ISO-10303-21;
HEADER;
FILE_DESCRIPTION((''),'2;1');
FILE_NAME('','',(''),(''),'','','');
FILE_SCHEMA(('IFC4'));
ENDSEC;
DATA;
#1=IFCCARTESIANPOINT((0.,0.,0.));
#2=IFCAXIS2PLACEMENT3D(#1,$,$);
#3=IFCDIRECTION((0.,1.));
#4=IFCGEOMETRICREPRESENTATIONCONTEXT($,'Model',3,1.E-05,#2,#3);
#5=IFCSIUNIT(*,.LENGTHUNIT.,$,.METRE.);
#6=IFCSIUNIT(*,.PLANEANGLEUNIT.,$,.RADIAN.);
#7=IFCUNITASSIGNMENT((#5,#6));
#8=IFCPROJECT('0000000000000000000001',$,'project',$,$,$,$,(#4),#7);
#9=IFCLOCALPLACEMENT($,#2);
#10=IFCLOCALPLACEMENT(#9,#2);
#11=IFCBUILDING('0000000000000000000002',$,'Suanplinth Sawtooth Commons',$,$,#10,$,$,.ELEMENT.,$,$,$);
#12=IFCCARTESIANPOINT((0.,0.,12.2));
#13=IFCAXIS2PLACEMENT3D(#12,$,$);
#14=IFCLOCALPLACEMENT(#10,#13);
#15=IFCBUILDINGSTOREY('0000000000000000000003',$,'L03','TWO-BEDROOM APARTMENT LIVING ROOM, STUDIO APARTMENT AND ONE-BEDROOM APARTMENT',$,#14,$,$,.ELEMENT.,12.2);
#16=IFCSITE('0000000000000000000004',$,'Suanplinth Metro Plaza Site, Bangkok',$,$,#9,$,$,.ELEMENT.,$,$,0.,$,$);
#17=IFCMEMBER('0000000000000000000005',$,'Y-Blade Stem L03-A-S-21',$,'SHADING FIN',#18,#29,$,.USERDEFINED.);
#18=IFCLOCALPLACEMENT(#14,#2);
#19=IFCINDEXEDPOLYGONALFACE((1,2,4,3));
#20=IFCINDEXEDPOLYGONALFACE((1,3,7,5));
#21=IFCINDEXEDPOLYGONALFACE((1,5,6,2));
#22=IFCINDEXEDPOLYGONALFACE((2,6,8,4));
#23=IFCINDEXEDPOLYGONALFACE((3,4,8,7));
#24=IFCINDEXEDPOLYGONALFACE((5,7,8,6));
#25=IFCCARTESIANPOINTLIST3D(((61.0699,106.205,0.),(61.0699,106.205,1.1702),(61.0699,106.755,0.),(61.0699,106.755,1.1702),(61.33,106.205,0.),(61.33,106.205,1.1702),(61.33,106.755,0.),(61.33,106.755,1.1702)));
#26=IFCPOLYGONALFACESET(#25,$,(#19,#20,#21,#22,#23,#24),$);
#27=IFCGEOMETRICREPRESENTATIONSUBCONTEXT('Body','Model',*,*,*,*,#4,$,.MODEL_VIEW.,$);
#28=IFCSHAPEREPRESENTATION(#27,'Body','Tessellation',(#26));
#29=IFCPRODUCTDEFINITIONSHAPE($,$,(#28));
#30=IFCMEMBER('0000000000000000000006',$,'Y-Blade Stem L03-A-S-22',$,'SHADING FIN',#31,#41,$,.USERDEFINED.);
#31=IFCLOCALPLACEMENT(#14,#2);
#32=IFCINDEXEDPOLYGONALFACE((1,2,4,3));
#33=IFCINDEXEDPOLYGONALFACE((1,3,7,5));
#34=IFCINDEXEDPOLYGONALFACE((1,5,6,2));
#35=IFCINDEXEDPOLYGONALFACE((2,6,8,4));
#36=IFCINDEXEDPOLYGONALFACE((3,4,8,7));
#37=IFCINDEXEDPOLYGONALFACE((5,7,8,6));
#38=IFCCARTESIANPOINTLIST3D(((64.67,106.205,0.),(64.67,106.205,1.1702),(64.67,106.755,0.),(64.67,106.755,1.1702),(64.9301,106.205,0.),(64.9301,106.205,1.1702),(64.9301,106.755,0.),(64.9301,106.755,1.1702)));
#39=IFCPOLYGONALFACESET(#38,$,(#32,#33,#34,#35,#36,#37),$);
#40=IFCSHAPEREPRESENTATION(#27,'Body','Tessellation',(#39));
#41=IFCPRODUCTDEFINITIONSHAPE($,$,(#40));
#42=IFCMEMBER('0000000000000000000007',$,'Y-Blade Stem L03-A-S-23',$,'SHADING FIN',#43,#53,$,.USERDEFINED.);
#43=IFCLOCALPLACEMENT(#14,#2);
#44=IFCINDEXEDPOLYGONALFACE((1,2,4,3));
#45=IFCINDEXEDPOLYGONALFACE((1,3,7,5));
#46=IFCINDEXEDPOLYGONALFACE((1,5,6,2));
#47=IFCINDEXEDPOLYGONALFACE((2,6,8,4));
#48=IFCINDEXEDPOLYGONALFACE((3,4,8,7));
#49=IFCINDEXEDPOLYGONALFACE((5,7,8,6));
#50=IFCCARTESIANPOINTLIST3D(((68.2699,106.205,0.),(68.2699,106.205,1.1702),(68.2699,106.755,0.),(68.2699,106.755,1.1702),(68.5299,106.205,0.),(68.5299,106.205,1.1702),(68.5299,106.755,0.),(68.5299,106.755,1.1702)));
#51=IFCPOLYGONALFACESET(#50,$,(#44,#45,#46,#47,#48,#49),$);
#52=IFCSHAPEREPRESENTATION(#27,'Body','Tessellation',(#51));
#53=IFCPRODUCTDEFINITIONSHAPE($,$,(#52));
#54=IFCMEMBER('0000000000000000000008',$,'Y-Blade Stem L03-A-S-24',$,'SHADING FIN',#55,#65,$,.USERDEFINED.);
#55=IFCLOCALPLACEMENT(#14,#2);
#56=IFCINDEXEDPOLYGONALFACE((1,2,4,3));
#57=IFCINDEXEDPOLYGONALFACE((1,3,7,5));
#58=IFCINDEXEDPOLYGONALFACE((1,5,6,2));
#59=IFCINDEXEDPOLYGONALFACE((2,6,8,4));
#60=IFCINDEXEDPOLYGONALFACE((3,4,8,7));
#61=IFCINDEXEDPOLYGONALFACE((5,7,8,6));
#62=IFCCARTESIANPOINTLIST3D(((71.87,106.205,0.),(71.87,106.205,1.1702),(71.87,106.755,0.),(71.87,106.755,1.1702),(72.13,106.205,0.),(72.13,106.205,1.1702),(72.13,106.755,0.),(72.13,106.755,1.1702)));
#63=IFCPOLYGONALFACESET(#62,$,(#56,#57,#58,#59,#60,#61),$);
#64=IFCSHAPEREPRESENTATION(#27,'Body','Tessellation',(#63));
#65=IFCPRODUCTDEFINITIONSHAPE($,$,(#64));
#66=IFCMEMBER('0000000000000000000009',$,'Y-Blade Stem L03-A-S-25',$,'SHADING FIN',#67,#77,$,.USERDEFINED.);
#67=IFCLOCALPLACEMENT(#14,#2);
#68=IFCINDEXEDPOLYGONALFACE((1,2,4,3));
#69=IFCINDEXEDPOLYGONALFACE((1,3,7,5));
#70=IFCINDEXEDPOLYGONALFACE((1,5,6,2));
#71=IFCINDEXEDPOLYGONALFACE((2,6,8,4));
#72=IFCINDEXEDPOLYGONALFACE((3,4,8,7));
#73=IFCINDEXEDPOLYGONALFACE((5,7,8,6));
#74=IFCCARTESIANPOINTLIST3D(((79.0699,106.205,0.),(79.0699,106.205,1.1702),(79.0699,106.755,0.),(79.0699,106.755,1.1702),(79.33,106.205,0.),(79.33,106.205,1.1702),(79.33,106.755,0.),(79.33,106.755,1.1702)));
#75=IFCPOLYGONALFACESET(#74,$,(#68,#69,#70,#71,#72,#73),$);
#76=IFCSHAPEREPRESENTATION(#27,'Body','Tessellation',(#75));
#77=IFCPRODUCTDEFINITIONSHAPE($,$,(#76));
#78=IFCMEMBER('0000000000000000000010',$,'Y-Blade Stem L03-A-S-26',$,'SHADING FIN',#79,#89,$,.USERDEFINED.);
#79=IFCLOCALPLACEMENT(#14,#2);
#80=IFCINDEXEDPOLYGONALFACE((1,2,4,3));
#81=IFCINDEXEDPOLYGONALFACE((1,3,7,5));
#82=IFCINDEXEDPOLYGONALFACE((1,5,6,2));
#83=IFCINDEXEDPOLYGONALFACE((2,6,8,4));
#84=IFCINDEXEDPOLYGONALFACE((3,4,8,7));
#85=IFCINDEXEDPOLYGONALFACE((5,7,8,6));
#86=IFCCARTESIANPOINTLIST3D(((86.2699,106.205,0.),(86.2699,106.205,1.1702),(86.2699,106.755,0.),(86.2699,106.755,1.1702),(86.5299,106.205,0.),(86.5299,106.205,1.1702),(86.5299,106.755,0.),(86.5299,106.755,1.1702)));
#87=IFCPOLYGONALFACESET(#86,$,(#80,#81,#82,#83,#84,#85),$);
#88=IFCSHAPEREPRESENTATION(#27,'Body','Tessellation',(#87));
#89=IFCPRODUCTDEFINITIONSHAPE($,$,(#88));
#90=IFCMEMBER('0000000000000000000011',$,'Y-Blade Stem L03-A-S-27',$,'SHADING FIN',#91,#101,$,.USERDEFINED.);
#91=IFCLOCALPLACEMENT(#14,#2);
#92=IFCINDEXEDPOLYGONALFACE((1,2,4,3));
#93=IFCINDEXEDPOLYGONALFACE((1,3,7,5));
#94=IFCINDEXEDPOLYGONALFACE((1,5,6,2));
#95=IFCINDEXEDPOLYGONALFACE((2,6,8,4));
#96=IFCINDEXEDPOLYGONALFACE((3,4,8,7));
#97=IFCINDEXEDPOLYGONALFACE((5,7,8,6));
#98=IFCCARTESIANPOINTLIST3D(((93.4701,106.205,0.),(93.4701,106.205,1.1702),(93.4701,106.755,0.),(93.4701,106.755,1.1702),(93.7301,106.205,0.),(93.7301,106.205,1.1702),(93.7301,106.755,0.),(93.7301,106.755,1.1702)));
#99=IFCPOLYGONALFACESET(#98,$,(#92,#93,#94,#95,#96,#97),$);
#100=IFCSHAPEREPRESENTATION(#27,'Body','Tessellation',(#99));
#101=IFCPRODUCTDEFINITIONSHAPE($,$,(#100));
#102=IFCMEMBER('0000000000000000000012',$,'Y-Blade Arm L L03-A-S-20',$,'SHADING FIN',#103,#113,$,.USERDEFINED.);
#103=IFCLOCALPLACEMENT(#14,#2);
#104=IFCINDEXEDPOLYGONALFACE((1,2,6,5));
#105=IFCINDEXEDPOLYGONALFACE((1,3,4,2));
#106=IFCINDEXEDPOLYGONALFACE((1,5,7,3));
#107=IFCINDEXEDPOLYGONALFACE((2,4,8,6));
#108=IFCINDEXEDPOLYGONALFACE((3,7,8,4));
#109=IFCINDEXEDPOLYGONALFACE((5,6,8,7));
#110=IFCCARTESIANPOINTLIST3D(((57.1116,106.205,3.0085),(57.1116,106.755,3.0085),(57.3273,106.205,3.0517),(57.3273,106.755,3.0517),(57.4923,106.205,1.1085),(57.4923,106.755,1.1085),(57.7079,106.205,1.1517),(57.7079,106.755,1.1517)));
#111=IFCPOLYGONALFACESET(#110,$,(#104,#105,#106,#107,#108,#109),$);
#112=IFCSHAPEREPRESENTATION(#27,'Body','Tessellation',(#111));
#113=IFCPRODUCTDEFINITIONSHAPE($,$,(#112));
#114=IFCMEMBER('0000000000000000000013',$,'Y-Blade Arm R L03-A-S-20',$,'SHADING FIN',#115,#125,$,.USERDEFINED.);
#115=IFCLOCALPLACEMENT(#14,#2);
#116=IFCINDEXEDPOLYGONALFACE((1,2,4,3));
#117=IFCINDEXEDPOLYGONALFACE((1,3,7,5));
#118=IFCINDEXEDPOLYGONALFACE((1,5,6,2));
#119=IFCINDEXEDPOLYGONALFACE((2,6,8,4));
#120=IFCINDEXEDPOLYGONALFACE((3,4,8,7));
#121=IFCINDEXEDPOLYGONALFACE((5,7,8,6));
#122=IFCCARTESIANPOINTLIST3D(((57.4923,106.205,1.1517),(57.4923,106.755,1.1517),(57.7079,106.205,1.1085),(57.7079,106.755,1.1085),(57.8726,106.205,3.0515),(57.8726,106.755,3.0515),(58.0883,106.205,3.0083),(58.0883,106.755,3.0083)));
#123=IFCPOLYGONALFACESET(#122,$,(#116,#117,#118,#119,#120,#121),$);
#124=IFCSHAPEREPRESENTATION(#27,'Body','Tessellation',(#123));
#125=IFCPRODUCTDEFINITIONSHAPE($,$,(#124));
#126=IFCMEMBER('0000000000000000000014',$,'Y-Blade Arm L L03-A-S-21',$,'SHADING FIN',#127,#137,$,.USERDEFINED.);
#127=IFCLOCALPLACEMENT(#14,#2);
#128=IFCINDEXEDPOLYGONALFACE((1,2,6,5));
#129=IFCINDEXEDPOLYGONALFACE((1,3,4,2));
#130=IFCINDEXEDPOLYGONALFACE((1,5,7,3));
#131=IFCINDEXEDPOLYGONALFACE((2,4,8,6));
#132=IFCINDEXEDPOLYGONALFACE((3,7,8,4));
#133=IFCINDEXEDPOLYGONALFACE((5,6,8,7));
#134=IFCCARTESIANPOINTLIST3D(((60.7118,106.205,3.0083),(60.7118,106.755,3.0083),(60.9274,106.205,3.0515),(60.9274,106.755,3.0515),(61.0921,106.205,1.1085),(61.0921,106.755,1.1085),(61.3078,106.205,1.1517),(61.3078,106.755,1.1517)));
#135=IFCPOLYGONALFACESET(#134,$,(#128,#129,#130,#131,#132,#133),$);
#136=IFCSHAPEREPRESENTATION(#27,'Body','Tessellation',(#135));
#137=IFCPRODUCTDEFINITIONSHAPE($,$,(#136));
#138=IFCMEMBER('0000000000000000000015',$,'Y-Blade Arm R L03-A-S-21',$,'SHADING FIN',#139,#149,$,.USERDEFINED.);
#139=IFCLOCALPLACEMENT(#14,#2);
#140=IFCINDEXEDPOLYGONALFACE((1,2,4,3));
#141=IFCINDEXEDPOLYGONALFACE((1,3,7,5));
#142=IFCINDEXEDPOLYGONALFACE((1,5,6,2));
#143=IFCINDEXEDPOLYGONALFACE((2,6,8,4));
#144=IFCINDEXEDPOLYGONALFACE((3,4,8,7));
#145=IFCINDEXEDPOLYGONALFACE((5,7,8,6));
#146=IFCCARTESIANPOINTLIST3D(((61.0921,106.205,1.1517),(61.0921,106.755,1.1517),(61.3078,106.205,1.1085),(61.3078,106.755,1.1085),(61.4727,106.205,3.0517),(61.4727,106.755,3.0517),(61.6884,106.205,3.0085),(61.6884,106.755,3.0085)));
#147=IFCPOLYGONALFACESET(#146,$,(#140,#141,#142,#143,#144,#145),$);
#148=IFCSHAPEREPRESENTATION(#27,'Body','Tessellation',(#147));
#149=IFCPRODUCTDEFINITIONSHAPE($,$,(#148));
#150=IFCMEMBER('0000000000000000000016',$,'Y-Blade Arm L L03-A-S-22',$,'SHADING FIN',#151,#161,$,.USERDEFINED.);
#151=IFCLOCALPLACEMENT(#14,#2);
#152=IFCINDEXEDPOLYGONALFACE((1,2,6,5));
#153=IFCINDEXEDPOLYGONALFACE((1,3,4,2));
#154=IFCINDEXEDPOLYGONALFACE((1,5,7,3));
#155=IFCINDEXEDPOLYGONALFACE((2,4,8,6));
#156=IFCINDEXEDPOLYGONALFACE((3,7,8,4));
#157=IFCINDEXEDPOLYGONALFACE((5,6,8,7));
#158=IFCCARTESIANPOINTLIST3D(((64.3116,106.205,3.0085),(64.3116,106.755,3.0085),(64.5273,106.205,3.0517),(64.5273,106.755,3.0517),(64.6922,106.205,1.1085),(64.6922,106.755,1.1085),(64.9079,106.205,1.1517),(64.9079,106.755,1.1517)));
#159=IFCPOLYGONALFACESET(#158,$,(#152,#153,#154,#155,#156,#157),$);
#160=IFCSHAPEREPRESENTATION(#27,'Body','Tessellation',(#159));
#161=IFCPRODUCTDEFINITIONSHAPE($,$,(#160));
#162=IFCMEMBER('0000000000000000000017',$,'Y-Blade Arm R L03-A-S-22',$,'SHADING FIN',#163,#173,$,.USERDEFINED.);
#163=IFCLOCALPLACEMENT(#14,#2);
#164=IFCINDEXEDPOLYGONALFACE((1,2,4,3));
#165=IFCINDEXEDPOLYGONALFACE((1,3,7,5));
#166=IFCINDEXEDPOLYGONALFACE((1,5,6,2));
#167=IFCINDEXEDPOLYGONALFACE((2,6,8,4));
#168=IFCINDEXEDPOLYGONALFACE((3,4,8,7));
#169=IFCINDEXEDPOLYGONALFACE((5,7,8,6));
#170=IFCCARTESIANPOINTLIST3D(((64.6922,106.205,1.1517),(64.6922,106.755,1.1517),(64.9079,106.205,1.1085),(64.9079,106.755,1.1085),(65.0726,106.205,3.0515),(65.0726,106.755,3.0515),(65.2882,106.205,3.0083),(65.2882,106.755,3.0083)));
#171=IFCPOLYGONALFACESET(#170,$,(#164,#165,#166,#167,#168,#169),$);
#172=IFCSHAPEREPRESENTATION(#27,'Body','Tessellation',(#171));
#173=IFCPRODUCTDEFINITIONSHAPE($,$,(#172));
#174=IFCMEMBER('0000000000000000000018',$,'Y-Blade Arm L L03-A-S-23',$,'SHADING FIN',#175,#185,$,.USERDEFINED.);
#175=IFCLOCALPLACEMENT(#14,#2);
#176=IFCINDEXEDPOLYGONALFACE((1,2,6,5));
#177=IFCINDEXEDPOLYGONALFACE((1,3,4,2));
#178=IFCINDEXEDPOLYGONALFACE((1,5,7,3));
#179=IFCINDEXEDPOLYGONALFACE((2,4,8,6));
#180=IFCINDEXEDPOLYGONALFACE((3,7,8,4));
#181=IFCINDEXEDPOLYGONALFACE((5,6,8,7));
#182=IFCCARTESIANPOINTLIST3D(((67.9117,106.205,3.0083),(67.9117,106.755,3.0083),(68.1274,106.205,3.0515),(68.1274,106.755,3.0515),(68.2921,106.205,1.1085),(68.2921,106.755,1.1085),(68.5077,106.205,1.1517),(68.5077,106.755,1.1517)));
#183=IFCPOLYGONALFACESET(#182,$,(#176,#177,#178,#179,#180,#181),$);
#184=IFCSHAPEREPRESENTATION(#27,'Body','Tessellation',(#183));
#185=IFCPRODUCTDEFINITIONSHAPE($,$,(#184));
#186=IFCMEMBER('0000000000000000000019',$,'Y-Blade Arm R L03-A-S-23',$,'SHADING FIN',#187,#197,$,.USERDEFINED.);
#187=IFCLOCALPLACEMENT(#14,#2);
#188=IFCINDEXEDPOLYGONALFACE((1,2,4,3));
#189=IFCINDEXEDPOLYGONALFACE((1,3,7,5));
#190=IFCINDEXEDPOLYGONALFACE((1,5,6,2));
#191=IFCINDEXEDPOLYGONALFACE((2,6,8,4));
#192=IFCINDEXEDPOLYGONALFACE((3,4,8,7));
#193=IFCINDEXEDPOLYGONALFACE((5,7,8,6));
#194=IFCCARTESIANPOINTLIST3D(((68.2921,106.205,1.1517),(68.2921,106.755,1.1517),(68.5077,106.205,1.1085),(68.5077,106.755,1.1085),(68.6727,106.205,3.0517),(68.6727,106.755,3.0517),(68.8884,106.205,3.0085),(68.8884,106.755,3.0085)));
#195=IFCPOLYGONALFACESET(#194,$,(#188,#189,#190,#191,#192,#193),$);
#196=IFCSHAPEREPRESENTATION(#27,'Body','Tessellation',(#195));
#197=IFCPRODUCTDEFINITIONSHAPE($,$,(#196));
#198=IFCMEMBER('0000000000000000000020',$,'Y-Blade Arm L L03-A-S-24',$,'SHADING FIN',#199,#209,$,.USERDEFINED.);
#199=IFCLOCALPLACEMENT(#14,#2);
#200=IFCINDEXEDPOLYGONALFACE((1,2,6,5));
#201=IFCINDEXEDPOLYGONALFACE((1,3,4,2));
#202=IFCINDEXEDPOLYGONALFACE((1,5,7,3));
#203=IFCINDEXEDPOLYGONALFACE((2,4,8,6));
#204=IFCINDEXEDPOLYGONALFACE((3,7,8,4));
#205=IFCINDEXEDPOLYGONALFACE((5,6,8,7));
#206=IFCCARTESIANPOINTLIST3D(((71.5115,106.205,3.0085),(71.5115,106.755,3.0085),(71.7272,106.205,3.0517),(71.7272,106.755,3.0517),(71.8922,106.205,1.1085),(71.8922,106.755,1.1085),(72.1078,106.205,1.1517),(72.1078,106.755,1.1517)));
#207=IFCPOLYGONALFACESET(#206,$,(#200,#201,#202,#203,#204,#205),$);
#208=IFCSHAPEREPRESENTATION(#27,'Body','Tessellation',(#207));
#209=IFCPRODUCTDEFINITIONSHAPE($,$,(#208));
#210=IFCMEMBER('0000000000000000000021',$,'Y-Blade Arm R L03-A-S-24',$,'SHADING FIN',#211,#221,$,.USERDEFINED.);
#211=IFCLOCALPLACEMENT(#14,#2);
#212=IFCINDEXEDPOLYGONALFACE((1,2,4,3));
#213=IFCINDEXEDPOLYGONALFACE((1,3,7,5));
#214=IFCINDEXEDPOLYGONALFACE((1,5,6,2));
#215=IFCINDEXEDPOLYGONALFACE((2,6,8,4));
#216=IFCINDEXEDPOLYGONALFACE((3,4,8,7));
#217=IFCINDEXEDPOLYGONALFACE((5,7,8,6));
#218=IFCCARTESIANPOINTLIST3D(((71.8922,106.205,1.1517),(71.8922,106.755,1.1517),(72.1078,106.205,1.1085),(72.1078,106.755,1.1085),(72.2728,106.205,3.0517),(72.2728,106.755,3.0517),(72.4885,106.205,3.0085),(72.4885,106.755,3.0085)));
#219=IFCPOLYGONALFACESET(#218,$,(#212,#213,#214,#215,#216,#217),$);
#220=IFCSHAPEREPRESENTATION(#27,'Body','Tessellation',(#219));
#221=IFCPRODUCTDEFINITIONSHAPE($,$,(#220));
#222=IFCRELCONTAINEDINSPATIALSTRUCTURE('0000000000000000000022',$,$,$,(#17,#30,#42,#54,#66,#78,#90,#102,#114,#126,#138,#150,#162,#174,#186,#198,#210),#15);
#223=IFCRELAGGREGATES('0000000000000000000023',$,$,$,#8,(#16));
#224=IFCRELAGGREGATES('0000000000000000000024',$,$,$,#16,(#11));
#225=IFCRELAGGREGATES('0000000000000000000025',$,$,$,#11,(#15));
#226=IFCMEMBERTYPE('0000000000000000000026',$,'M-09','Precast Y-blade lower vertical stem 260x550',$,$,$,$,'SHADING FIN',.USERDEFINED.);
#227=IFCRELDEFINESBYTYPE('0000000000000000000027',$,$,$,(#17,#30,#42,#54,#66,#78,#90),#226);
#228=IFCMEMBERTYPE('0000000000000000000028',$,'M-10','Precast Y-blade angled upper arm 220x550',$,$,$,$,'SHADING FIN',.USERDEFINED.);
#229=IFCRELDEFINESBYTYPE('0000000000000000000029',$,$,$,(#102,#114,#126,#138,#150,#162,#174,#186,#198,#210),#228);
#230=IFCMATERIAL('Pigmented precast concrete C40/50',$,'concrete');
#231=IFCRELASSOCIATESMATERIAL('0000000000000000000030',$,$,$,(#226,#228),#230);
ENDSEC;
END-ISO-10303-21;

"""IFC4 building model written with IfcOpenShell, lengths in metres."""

from ifc_helpers import new_model, si_unit, direction, frame, origin, origin_2d, place, context, subcontext, project, spatial, rectangle, extrude, material, material_profile, profile_set, type_object, element, save


model = new_model("IFC4")

# Units and contexts
model_context = context("Model", 3, precision=1e-05, world=origin(), true_north=direction((0.0, 1.0)))
body_context = subcontext(model_context, "Body", "Model", "MODEL_VIEW")
ifc_project = project(units=[si_unit("LENGTHUNIT", "METRE"), si_unit("PLANEANGLEUNIT", "RADIAN")], contexts=[model_context])

# Site, building, storey
site_placement = place(None, origin())
site = spatial("IfcSite", under=ifc_project, at=site_placement, Name="Suanplinth Metro Plaza Site, Bangkok", CompositionType="ELEMENT", RefElevation=0.0)
building_placement = place(site_placement, origin())
building = spatial("IfcBuilding", under=site, at=building_placement, Name="Suanplinth Sawtooth Commons", CompositionType="ELEMENT")
storey_placement = place(building_placement, frame((0.0, 0.0, 12.2)))
storey = spatial("IfcBuildingStorey", under=building, at=storey_placement, Name="L03", Description="TWO-BEDROOM APARTMENT LIVING ROOM, STUDIO APARTMENT AND ONE-BEDROOM APARTMENT", CompositionType="ELEMENT", Elevation=12.2)

# Members
ifc_material = material(Name="Pigmented precast concrete C40/50", Category="concrete")
ifc_material_profile_1 = material_profile(ifc_material, rectangle(XDim=0.26, YDim=0.55, at=origin_2d()), Name="PC-FIN 260x550")
ifc_profile_set_1 = profile_set([ifc_material_profile_1], Name="Pigmented precast concrete C40/50")
member_type_1 = type_object("IfcMemberType", Name="M-09", Description="Precast Y-blade lower vertical stem 260x550", ElementType="SHADING FIN", PredefinedType="USERDEFINED", material=ifc_profile_set_1)
for number, where, z_axis, x_axis, name in (
    (1, (61.2, 106.48, 0.0), (0.0, 0.0, 1.0), (1.0, 0.0, 0.0), "Y-Blade Stem L03-A-S-21"),
    (2, (64.8, 106.48, 0.0), (0.0, 0.0, 1.0), (1.0, 0.0, 0.0), "Y-Blade Stem L03-A-S-22"),
    (3, (68.3999, 106.48, 0.0), (0.0, 0.0, 1.0), (1.0, 0.0, 0.0), "Y-Blade Stem L03-A-S-23"),
    (4, (72.0, 106.48, 0.0), (0.0, 0.0, 1.0), (1.0, 0.0, 0.0), "Y-Blade Stem L03-A-S-24"),
    (5, (79.2, 106.48, 0.0), (0.0, 0.0, 1.0), (1.0, 0.0, 0.0), "Y-Blade Stem L03-A-S-25"),
    (6, (86.3999, 106.48, 0.0), (0.0, 0.0, 1.0), (1.0, 0.0, 0.0), "Y-Blade Stem L03-A-S-26"),
    (7, (93.6001, 106.48, 0.0), (0.0, 0.0, 1.0), (1.0, 0.0, 0.0), "Y-Blade Stem L03-A-S-27"),
):
    element("IfcMember", number, at=place(storey_placement, frame(where, z_axis=z_axis, x_axis=x_axis)), inside=storey, type_object=member_type_1, Name=name, ObjectType="SHADING FIN", PredefinedType="USERDEFINED", context=body_context, shape_type="SweptSolid", body=[
        extrude(rectangle(XDim=0.26, YDim=0.55, at=origin_2d()), origin(), (0.0, 0.0, 1.0), 1.1702),
    ])
ifc_material_profile_2 = material_profile(ifc_material, rectangle(XDim=0.22, YDim=0.55, at=origin_2d()), Name="PC-FIN 220x550")
ifc_profile_set_2 = profile_set([ifc_material_profile_2], Name="Pigmented precast concrete C40/50")
member_type_2 = type_object("IfcMemberType", Name="M-10", Description="Precast Y-blade angled upper arm 220x550", ElementType="SHADING FIN", PredefinedType="USERDEFINED", material=ifc_profile_set_2)
member_1_placement = place(storey_placement, frame((57.6001, 106.48, 1.1301), z_axis=(-0.196431, 0.0, 0.980518), x_axis=(0.980518, 0.0, 0.196431)))
element("IfcMember", 8, at=member_1_placement, inside=storey, type_object=member_type_2, Name="Y-Blade Arm L L03-A-S-20", ObjectType="SHADING FIN", PredefinedType="USERDEFINED", context=body_context, shape_type="SweptSolid", body=[
    extrude(rectangle(XDim=0.22, YDim=0.55, at=origin_2d()), origin(), (0.0, 0.0, 1.0), 1.9377),
])
for number, where, z_axis, x_axis, name in (
    (9, (57.6001, 106.48, 1.1301), (0.19631, 0.0, 0.980542), (-0.980542, 0.0, 0.19631), "Y-Blade Arm R L03-A-S-20"),
    (10, (61.2, 106.48, 1.1301), (-0.19631, 0.0, 0.980542), (0.980542, 0.0, 0.19631), "Y-Blade Arm L L03-A-S-21"),
):
    element("IfcMember", number, at=place(storey_placement, frame(where, z_axis=z_axis, x_axis=x_axis)), inside=storey, type_object=member_type_2, Name=name, ObjectType="SHADING FIN", PredefinedType="USERDEFINED", context=body_context, shape_type="SweptSolid", body=[
        extrude(rectangle(XDim=0.22, YDim=0.55, at=origin_2d()), origin(), (0.0, 0.0, 1.0), 1.9375),
    ])
for number, where, z_axis, x_axis, name in (
    (11, (61.2, 106.48, 1.1301), (0.196431, 0.0, 0.980518), (-0.980518, 0.0, 0.196431), "Y-Blade Arm R L03-A-S-21"),
    (12, (64.8, 106.48, 1.1301), (-0.196431, 0.0, 0.980518), (0.980518, 0.0, 0.196431), "Y-Blade Arm L L03-A-S-22"),
):
    element("IfcMember", number, at=place(storey_placement, frame(where, z_axis=z_axis, x_axis=x_axis)), inside=storey, type_object=member_type_2, Name=name, ObjectType="SHADING FIN", PredefinedType="USERDEFINED", context=body_context, shape_type="SweptSolid", body=[
        extrude(rectangle(XDim=0.22, YDim=0.55, at=origin_2d()), origin(), (0.0, 0.0, 1.0), 1.9377),
    ])
for number, where, z_axis, x_axis, name in (
    (13, (64.8, 106.48, 1.1301), (0.19631, 0.0, 0.980542), (-0.980542, 0.0, 0.19631), "Y-Blade Arm R L03-A-S-22"),
    (14, (68.3999, 106.48, 1.1301), (-0.19631, 0.0, 0.980542), (0.980542, 0.0, 0.19631), "Y-Blade Arm L L03-A-S-23"),
):
    element("IfcMember", number, at=place(storey_placement, frame(where, z_axis=z_axis, x_axis=x_axis)), inside=storey, type_object=member_type_2, Name=name, ObjectType="SHADING FIN", PredefinedType="USERDEFINED", context=body_context, shape_type="SweptSolid", body=[
        extrude(rectangle(XDim=0.22, YDim=0.55, at=origin_2d()), origin(), (0.0, 0.0, 1.0), 1.9375),
    ])
for number, where, z_axis, x_axis, name in (
    (15, (68.3999, 106.48, 1.1301), (0.196431, 0.0, 0.980518), (-0.980518, 0.0, 0.196431), "Y-Blade Arm R L03-A-S-23"),
    (16, (72.0, 106.48, 1.1301), (-0.196431, 0.0, 0.980518), (0.980518, 0.0, 0.196431), "Y-Blade Arm L L03-A-S-24"),
    (17, (72.0, 106.48, 1.1301), (0.196431, 0.0, 0.980518), (-0.980518, 0.0, 0.196431), "Y-Blade Arm R L03-A-S-24"),
):
    element("IfcMember", number, at=place(storey_placement, frame(where, z_axis=z_axis, x_axis=x_axis)), inside=storey, type_object=member_type_2, Name=name, ObjectType="SHADING FIN", PredefinedType="USERDEFINED", context=body_context, shape_type="SweptSolid", body=[
        extrude(rectangle(XDim=0.22, YDim=0.55, at=origin_2d()), origin(), (0.0, 0.0, 1.0), 1.9377),
    ])

save(model, "model.ifc")
